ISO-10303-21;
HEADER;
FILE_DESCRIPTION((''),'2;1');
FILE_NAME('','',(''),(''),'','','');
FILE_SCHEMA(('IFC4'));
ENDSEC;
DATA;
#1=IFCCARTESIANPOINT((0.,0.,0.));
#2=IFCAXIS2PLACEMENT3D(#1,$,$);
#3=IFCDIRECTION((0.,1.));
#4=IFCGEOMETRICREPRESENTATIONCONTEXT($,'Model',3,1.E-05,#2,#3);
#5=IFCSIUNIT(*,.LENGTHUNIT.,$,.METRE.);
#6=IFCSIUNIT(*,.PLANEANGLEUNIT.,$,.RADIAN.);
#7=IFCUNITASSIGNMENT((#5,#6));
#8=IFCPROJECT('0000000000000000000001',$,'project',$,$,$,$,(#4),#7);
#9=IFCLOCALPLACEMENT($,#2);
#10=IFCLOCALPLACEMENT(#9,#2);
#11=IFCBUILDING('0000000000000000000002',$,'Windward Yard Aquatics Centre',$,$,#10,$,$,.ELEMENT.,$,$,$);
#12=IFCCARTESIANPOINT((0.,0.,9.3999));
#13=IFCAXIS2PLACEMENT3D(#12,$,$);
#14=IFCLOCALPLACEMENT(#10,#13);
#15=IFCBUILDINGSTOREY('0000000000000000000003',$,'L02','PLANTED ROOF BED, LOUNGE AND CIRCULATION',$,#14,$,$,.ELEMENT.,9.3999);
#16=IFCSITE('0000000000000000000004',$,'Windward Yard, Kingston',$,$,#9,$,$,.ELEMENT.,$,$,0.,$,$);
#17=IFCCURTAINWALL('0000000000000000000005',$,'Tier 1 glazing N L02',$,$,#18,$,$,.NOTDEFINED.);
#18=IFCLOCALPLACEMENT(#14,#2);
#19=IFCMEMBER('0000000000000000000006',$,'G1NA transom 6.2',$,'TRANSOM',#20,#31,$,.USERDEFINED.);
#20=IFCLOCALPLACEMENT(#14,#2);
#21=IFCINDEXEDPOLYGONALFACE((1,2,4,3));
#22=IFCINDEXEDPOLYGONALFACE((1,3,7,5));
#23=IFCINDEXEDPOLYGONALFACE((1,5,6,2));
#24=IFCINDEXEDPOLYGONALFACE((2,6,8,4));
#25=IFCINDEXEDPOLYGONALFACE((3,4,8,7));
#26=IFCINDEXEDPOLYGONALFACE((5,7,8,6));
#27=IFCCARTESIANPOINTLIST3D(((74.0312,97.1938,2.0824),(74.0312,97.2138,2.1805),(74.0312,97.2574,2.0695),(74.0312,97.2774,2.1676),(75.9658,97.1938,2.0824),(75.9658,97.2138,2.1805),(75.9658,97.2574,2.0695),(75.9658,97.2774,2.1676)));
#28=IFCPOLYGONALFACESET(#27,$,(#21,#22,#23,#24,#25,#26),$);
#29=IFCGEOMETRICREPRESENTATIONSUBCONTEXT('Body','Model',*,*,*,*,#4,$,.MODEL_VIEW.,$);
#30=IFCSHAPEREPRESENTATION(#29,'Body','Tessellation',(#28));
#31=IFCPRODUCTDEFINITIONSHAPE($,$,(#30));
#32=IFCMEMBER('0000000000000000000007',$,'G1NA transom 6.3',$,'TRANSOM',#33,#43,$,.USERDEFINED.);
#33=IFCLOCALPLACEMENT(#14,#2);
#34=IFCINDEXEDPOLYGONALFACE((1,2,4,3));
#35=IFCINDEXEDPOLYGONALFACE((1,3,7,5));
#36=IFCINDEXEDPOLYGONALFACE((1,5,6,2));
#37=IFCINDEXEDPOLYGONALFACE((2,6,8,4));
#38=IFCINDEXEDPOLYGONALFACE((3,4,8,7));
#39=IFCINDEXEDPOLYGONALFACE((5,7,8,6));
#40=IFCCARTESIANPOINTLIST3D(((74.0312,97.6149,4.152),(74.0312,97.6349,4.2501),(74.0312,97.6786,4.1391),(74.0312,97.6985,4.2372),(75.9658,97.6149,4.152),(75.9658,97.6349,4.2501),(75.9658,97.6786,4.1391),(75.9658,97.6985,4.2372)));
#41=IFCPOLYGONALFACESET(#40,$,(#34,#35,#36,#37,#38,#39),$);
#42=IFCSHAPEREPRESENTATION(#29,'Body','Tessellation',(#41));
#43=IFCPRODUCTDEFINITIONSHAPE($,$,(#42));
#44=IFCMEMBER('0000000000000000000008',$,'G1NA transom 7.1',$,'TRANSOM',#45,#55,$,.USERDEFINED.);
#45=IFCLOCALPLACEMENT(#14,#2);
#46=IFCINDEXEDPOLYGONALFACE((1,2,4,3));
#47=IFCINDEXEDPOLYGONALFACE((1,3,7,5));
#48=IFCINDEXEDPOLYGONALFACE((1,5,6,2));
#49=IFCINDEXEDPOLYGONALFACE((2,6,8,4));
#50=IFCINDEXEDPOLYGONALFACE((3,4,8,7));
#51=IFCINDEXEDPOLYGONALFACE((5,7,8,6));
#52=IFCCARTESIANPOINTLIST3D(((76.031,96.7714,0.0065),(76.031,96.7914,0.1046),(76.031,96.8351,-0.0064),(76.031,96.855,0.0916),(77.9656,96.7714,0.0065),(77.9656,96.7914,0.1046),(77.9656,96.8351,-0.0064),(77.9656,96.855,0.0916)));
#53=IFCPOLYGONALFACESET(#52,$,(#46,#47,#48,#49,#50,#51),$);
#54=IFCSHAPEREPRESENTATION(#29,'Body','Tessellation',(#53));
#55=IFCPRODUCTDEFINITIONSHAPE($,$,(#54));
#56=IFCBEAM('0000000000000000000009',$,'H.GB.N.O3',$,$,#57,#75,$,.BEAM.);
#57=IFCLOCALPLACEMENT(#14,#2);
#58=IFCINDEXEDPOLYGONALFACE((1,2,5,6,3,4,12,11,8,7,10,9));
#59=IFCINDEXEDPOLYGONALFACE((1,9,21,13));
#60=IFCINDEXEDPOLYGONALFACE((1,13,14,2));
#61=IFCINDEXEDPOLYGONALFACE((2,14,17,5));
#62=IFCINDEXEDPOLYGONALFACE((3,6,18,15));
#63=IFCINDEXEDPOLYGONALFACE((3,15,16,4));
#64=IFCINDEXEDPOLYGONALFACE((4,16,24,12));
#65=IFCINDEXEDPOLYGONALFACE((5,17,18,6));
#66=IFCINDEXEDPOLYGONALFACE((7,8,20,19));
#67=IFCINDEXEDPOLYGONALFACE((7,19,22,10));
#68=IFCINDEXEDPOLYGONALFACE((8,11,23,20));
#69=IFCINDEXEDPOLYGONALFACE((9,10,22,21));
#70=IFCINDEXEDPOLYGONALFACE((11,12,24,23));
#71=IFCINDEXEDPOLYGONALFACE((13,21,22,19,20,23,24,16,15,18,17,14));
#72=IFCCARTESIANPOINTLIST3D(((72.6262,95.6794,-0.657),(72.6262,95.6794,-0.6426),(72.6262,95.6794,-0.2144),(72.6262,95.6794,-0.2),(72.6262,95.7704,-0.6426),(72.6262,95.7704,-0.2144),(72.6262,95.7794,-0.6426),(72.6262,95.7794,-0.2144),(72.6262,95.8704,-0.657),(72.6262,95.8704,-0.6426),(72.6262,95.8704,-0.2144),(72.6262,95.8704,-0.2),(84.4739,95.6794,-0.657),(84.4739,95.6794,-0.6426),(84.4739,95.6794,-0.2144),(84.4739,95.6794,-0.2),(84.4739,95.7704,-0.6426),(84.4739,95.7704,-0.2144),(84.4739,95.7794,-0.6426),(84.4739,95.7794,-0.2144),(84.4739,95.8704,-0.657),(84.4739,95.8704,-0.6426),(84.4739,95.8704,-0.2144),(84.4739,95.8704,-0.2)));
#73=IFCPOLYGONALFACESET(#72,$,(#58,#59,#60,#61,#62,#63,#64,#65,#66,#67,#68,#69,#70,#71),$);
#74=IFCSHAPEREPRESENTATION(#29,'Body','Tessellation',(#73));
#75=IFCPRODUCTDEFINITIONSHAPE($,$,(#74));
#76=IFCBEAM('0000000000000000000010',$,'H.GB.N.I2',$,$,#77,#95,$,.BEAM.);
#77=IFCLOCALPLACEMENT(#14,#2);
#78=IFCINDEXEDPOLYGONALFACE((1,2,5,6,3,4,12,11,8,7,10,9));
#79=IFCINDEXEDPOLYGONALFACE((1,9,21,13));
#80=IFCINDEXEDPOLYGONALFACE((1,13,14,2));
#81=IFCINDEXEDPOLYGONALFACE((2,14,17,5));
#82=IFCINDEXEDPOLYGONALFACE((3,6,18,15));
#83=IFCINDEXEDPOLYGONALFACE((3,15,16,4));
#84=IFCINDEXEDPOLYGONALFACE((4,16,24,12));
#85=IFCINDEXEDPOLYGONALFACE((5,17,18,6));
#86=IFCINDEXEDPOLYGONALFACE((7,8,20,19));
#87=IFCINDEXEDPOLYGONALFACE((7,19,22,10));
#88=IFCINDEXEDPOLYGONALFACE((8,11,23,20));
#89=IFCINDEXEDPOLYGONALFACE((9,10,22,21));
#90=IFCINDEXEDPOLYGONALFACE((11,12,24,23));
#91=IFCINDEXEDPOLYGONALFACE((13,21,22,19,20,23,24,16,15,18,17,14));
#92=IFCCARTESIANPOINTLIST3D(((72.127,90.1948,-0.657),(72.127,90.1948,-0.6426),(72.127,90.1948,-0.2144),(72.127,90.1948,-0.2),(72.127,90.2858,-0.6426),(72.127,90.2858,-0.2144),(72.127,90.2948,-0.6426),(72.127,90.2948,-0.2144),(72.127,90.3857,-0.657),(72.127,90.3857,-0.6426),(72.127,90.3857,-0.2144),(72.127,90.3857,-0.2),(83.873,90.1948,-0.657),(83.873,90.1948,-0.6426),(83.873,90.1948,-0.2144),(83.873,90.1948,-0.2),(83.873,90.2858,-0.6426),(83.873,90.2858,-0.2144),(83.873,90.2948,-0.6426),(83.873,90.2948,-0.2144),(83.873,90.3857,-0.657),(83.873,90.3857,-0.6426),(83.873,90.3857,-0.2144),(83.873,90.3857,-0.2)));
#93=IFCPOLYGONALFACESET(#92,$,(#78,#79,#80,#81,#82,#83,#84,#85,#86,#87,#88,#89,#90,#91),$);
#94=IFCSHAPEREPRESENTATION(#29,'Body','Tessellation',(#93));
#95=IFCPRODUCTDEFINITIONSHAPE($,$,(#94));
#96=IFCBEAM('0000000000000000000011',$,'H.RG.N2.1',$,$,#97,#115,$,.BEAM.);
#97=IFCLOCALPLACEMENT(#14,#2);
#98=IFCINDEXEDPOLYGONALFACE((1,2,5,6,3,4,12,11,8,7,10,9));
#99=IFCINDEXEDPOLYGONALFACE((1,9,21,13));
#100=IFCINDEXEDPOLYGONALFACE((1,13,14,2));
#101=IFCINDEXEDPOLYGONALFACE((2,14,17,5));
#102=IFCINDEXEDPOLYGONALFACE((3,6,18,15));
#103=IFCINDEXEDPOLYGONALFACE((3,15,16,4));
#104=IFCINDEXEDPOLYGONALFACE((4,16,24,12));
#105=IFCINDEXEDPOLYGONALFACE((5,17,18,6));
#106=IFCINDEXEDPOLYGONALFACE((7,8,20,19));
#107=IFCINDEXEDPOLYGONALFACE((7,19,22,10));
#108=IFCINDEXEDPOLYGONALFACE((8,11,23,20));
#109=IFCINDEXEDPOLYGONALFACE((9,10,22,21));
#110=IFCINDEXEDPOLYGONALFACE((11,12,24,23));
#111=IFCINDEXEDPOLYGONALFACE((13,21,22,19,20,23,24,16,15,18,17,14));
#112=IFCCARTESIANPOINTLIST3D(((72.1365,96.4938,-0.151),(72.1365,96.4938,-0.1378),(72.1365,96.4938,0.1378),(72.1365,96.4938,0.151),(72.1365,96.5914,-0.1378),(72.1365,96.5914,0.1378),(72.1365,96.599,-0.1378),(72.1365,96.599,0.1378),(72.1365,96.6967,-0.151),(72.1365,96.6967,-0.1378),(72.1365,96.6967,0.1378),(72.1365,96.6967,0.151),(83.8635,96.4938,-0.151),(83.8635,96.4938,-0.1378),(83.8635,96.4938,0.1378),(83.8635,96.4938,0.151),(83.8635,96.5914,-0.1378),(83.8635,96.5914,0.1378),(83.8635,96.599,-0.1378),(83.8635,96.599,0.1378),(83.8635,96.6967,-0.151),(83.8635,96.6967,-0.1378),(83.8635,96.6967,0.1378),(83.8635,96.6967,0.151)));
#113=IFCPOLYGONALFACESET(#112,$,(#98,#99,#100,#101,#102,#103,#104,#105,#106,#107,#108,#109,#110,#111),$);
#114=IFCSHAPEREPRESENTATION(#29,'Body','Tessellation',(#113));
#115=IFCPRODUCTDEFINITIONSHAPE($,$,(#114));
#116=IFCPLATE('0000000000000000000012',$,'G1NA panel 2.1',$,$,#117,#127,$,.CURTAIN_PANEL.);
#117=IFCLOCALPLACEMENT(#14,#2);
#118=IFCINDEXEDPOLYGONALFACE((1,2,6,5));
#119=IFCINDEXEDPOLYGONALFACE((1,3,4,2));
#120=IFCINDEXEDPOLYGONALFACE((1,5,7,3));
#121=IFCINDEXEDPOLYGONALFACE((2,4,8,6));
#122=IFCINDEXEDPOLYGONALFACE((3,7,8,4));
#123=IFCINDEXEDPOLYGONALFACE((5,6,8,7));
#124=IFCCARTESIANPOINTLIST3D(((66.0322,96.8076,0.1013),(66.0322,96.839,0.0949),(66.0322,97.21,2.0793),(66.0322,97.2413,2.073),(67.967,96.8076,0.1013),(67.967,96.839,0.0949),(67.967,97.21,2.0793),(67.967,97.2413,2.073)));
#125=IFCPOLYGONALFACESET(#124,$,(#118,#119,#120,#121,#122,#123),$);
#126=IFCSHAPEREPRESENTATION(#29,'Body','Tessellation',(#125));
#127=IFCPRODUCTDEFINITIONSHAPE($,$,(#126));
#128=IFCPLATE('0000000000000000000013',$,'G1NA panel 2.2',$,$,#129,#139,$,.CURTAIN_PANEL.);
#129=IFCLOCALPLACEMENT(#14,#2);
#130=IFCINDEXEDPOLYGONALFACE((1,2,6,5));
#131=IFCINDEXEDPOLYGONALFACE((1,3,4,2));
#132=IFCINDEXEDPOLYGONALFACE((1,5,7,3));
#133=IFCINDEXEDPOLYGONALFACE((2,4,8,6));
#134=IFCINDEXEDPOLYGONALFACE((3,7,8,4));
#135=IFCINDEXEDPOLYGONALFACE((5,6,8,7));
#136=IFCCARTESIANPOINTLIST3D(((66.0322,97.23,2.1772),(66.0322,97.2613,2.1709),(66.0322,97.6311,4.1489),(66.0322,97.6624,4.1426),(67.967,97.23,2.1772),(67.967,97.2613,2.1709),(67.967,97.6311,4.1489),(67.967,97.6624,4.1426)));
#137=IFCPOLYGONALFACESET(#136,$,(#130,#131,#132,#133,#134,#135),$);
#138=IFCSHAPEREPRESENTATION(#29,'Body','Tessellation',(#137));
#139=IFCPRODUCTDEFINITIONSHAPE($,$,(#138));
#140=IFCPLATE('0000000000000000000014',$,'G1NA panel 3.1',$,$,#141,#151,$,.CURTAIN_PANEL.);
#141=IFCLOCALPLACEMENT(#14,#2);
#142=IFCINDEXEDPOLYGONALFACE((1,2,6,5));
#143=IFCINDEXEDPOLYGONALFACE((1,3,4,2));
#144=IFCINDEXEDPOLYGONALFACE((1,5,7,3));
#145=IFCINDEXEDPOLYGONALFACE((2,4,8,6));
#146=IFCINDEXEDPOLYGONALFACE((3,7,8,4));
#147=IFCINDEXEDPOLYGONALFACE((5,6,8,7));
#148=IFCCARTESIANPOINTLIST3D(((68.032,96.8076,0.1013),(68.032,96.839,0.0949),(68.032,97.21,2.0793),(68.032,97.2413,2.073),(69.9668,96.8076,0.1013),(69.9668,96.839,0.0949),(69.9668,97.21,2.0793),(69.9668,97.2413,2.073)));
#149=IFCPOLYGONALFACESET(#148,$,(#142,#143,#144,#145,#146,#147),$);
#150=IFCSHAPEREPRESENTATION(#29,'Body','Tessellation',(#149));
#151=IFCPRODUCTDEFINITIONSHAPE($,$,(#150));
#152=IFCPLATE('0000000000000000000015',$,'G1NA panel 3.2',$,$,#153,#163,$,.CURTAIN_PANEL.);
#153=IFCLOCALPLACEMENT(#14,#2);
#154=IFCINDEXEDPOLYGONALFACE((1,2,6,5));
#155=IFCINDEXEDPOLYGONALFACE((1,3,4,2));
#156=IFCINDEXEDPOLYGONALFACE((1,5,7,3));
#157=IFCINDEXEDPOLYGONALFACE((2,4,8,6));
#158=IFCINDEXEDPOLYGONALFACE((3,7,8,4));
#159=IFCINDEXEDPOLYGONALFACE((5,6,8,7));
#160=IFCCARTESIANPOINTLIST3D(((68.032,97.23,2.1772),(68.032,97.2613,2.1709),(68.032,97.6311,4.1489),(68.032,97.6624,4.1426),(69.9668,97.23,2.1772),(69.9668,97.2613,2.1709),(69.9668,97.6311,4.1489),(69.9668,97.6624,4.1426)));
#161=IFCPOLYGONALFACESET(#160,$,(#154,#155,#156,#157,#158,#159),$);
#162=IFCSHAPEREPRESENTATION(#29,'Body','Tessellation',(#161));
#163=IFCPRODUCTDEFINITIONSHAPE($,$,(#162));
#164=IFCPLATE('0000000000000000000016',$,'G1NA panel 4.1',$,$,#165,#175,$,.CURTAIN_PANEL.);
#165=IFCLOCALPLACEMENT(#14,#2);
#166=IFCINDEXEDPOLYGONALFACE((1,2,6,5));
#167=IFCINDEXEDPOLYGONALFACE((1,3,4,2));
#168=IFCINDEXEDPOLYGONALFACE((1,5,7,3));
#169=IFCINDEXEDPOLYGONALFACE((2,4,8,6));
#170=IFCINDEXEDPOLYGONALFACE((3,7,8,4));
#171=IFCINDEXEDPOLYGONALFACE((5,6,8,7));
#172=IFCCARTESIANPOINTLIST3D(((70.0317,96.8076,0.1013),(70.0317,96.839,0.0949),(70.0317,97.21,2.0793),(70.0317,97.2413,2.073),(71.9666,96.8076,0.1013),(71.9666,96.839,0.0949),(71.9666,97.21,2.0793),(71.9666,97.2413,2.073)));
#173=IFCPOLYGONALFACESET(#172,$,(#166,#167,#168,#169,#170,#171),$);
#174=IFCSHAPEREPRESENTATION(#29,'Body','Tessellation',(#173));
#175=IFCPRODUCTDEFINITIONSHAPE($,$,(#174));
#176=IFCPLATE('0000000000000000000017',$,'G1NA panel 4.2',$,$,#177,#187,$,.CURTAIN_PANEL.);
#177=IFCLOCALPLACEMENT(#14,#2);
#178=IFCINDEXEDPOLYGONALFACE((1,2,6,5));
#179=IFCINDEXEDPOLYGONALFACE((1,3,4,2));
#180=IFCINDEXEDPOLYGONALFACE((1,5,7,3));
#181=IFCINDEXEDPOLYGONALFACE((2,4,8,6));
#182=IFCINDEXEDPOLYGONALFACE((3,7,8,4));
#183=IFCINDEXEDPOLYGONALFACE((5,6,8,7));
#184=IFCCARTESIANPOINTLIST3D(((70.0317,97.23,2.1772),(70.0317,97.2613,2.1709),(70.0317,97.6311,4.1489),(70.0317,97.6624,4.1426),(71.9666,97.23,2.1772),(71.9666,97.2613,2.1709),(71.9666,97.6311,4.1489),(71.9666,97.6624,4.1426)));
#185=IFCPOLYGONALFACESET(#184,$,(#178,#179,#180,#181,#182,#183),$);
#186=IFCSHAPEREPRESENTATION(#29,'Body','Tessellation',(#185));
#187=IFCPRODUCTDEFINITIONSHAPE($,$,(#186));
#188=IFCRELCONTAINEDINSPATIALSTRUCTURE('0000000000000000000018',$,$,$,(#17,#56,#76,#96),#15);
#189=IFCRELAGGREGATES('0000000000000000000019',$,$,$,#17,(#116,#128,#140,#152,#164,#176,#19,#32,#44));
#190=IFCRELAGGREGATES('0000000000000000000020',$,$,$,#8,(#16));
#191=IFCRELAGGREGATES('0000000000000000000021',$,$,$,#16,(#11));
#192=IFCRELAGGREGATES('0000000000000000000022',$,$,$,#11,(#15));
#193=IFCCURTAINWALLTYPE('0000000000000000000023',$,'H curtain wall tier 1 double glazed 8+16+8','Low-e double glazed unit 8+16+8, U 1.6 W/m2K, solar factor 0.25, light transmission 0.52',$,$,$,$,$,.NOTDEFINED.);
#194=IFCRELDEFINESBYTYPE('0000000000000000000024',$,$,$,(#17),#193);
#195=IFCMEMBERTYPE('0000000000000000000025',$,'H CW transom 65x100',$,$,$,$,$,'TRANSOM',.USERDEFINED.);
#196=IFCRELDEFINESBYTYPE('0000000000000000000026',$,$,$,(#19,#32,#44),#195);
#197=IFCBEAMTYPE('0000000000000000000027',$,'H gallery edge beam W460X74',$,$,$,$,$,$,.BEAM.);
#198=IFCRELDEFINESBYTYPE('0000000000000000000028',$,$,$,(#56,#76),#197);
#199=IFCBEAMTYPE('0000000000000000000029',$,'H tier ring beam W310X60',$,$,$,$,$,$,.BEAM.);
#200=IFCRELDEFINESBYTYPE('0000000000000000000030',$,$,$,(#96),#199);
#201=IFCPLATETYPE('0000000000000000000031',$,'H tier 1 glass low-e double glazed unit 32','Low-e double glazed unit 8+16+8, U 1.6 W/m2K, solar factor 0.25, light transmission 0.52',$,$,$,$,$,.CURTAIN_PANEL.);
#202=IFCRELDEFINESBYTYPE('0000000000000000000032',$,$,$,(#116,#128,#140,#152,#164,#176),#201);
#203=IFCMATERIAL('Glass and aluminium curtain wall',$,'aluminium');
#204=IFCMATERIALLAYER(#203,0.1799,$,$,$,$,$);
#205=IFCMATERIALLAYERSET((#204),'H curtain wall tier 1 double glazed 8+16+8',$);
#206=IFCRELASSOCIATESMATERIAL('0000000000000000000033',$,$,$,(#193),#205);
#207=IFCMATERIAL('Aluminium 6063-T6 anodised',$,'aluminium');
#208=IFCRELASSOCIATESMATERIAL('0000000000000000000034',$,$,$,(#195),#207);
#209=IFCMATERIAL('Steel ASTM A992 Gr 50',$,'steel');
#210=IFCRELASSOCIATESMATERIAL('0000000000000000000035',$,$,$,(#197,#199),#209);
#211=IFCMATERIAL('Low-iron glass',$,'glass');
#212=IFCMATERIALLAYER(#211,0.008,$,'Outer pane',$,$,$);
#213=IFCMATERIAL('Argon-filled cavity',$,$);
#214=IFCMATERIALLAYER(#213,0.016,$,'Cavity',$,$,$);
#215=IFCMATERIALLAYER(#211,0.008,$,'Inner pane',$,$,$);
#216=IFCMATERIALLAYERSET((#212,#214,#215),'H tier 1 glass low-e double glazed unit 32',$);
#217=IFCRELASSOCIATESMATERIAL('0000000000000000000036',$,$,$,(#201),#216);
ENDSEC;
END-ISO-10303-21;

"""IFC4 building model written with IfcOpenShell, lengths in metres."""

from ifc_helpers import new_model, si_unit, direction, frame, origin, origin_2d, place, context, subcontext, project, spatial, polyline, rectangle, i_section, outline, extrude, material, layer, layer_set, material_profile, profile_set, type_object, element, aggregate, save


model = new_model("IFC4")

# Units and contexts
model_context = context("Model", 3, precision=1e-05, world=origin(), true_north=direction((0.0, 1.0)))
body_context = subcontext(model_context, "Body", "Model", "MODEL_VIEW")
ifc_project = project(units=[si_unit("LENGTHUNIT", "METRE"), si_unit("PLANEANGLEUNIT", "RADIAN")], contexts=[model_context])

# Site, building, storey
site_placement = place(None, origin())
site = spatial("IfcSite", under=ifc_project, at=site_placement, Name="Windward Yard, Kingston", CompositionType="ELEMENT", RefElevation=0.0)
building_placement = place(site_placement, origin())
building = spatial("IfcBuilding", under=site, at=building_placement, Name="Windward Yard Aquatics Centre", CompositionType="ELEMENT")
storey_placement = place(building_placement, frame((0.0, 0.0, 9.3999)))
storey = spatial("IfcBuildingStorey", under=building, at=storey_placement, Name="L02", Description="PLANTED ROOF BED, LOUNGE AND CIRCULATION", CompositionType="ELEMENT", Elevation=9.3999)

# Curtain wall, members
ifc_material_1 = material(Name="Glass and aluminium curtain wall", Category="aluminium")
ifc_layer_1 = layer(ifc_material_1, 0.1799)
ifc_layer_set_1 = layer_set([ifc_layer_1], Name="H curtain wall tier 1 double glazed 8+16+8")
curtain_wall_type = type_object("IfcCurtainWallType", Name="H curtain wall tier 1 double glazed 8+16+8", Description="Low-e double glazed unit 8+16+8, U 1.6 W/m2K, solar factor 0.25, light transmission 0.52", PredefinedType="NOTDEFINED", material=ifc_layer_set_1)
curtain_wall_placement = place(storey_placement, origin())
curtain_wall = element("IfcCurtainWall", 1, at=curtain_wall_placement, inside=storey, type_object=curtain_wall_type, Name="Tier 1 glazing N L02", PredefinedType="NOTDEFINED")
ifc_material_2 = material(Name="Aluminium 6063-T6 anodised", Category="aluminium")
ifc_material_profile_1 = material_profile(ifc_material_2, rectangle(XDim=0.0649, YDim=0.1001, at=origin_2d()), Name="H CW transom 65x100")
ifc_profile_set_1 = profile_set([ifc_material_profile_1], Name="Aluminium 6063-T6 anodised")
member_type_1 = type_object("IfcMemberType", Name="H CW transom 65x100", ElementType="TRANSOM", PredefinedType="USERDEFINED", material=ifc_profile_set_1)
member_1_placement = place(storey_placement, frame((74.0312, 97.2356, 2.125), z_axis=(1.0, 0.0, 0.0), x_axis=(0.0, -0.979925, 0.199368)))
member_1 = element("IfcMember", 2, at=member_1_placement, type_object=member_type_1, Name="G1NA transom 6.2", ObjectType="TRANSOM", PredefinedType="USERDEFINED", context=body_context, shape_type="SweptSolid", body=[
    extrude(rectangle(XDim=0.0649, YDim=0.1001, at=origin_2d()), origin(), (0.0, 0.0, 1.0), 1.9346),
])
member_2_placement = place(storey_placement, frame((74.0312, 97.6567, 4.1946), z_axis=(1.0, 0.0, 0.0), x_axis=(0.0, -0.979925, 0.199368)))
member_2 = element("IfcMember", 3, at=member_2_placement, type_object=member_type_1, Name="G1NA transom 6.3", ObjectType="TRANSOM", PredefinedType="USERDEFINED", context=body_context, shape_type="SweptSolid", body=[
    extrude(rectangle(XDim=0.0649, YDim=0.1001, at=origin_2d()), origin(), (0.0, 0.0, 1.0), 1.9346),
])
member_3_placement = place(storey_placement, frame((76.031, 96.8132, 0.0491), z_axis=(1.0, 0.0, 0.0), x_axis=(0.0, -0.979925, 0.199368)))
member_3 = element("IfcMember", 4, at=member_3_placement, type_object=member_type_1, Name="G1NA transom 7.1", ObjectType="TRANSOM", PredefinedType="USERDEFINED", context=body_context, shape_type="SweptSolid", body=[
    extrude(rectangle(XDim=0.0649, YDim=0.1001, at=origin_2d()), origin(), (0.0, 0.0, 1.0), 1.9346),
])

# Beams
ifc_material_3 = material(Name="Steel ASTM A992 Gr 50", Category="steel")
ifc_material_profile_2 = material_profile(ifc_material_3, i_section(OverallWidth=0.1909, OverallDepth=0.457, WebThickness=0.009, FlangeThickness=0.0144, at=origin_2d()), Name="W460X74")
ifc_profile_set_2 = profile_set([ifc_material_profile_2], Name="Steel ASTM A992 Gr 50")
beam_type_1 = type_object("IfcBeamType", Name="H gallery edge beam W460X74", PredefinedType="BEAM", material=ifc_profile_set_2)
beam_1_placement = place(storey_placement, frame((72.6262, 95.7749, -0.4285), z_axis=(1.0, 0.0, 0.0), x_axis=(0.0, 1.0, 0.0)))
element("IfcBeam", 5, at=beam_1_placement, inside=storey, type_object=beam_type_1, Name="H.GB.N.O3", PredefinedType="BEAM", context=body_context, shape_type="SweptSolid", body=[
    extrude(i_section(OverallWidth=0.1909, OverallDepth=0.457, WebThickness=0.009, FlangeThickness=0.0144, at=origin_2d()), origin(), (0.0, 0.0, 1.0), 11.8477),
])
beam_2_placement = place(storey_placement, frame((72.127, 90.2903, -0.4285), z_axis=(1.0, 0.0, 0.0), x_axis=(0.0, 1.0, 0.0)))
element("IfcBeam", 6, at=beam_2_placement, inside=storey, type_object=beam_type_1, Name="H.GB.N.I2", PredefinedType="BEAM", context=body_context, shape_type="SweptSolid", body=[
    extrude(i_section(OverallWidth=0.1909, OverallDepth=0.457, WebThickness=0.009, FlangeThickness=0.0144, at=origin_2d()), origin(), (0.0, 0.0, 1.0), 11.7461),
])
ifc_material_profile_3 = material_profile(ifc_material_3, i_section(OverallWidth=0.2029, OverallDepth=0.302, WebThickness=0.0076, FlangeThickness=0.0132, at=origin_2d()), Name="W310X60")
ifc_profile_set_3 = profile_set([ifc_material_profile_3], Name="Steel ASTM A992 Gr 50")
beam_type_2 = type_object("IfcBeamType", Name="H tier ring beam W310X60", PredefinedType="BEAM", material=ifc_profile_set_3)
beam_3_placement = place(storey_placement, frame((72.1365, 96.5952, 0.0), z_axis=(1.0, 0.0, 0.0), x_axis=(0.0, 1.0, 0.0)))
element("IfcBeam", 7, at=beam_3_placement, inside=storey, type_object=beam_type_2, Name="H.RG.N2.1", PredefinedType="BEAM", context=body_context, shape_type="SweptSolid", body=[
    extrude(i_section(OverallWidth=0.2029, OverallDepth=0.302, WebThickness=0.0076, FlangeThickness=0.0132, at=origin_2d()), origin(), (0.0, 0.0, 1.0), 11.7271),
])

# Plates
ifc_material_4 = material(Name="Low-iron glass", Category="glass")
ifc_layer_2 = layer(ifc_material_4, 0.008, Name="Outer pane")
ifc_material_5 = material(Name="Argon-filled cavity")
ifc_layer_3 = layer(ifc_material_5, 0.016, Name="Cavity")
ifc_layer_4 = layer(ifc_material_4, 0.008, Name="Inner pane")
ifc_layer_set_2 = layer_set([ifc_layer_2, ifc_layer_3, ifc_layer_4], Name="H tier 1 glass low-e double glazed unit 32")
plate_type = type_object("IfcPlateType", Name="H tier 1 glass low-e double glazed unit 32", Description="Low-e double glazed unit 8+16+8, U 1.6 W/m2K, solar factor 0.25, light transmission 0.52", PredefinedType="CURTAIN_PANEL", material=ifc_layer_set_2)
plate_1_placement = place(storey_placement, frame((66.0322, 96.8076, 0.1013), z_axis=(0.0, -0.979933, 0.199325), x_axis=(1.0, 0.0, 0.0)))
plate_1 = element("IfcPlate", 8, at=plate_1_placement, type_object=plate_type, Name="G1NA panel 2.1", PredefinedType="CURTAIN_PANEL", context=body_context, shape_type="SweptSolid", body=[
    extrude(outline(polyline([(0.0, 0.0), (1.9348, 0.0), (1.9348, 2.0185), (0.0, 2.0185), (0.0, 0.0)])), origin(), (0.0, 0.0, -1.0), 0.032),
])
plate_2_placement = place(storey_placement, frame((66.0322, 97.23, 2.1772), z_axis=(0.0, -0.979927, 0.199359), x_axis=(1.0, 0.0, 0.0)))
plate_2 = element("IfcPlate", 9, at=plate_2_placement, type_object=plate_type, Name="G1NA panel 2.2", PredefinedType="CURTAIN_PANEL", context=body_context, shape_type="SweptSolid", body=[
    extrude(outline(polyline([(0.0, 0.0), (1.9348, 0.0), (1.9348, 2.0121), (0.0, 2.0121), (0.0, 0.0)])), origin(), (0.0, 0.0, -1.0), 0.032),
])
plate_3_placement = place(storey_placement, frame((68.032, 96.8076, 0.1013), z_axis=(0.0, -0.979933, 0.199325), x_axis=(1.0, 0.0, 0.0)))
plate_3 = element("IfcPlate", 10, at=plate_3_placement, type_object=plate_type, Name="G1NA panel 3.1", PredefinedType="CURTAIN_PANEL", context=body_context, shape_type="SweptSolid", body=[
    extrude(outline(polyline([(0.0, 0.0), (1.9348, 0.0), (1.9348, 2.0185), (0.0, 2.0185), (0.0, 0.0)])), origin(), (0.0, 0.0, -1.0), 0.032),
])
plate_4_placement = place(storey_placement, frame((68.032, 97.23, 2.1772), z_axis=(0.0, -0.979927, 0.199359), x_axis=(1.0, 0.0, 0.0)))
plate_4 = element("IfcPlate", 11, at=plate_4_placement, type_object=plate_type, Name="G1NA panel 3.2", PredefinedType="CURTAIN_PANEL", context=body_context, shape_type="SweptSolid", body=[
    extrude(outline(polyline([(0.0, 0.0), (1.9348, 0.0), (1.9348, 2.0121), (0.0, 2.0121), (0.0, 0.0)])), origin(), (0.0, 0.0, -1.0), 0.032),
])
plate_5_placement = place(storey_placement, frame((70.0317, 96.8076, 0.1013), z_axis=(0.0, -0.979933, 0.199325), x_axis=(1.0, 0.0, 0.0)))
plate_5 = element("IfcPlate", 12, at=plate_5_placement, type_object=plate_type, Name="G1NA panel 4.1", PredefinedType="CURTAIN_PANEL", context=body_context, shape_type="SweptSolid", body=[
    extrude(outline(polyline([(0.0, 0.0), (1.9348, 0.0), (1.9348, 2.0185), (0.0, 2.0185), (0.0, 0.0)])), origin(), (0.0, 0.0, -1.0), 0.032),
])
plate_6_placement = place(storey_placement, frame((70.0317, 97.23, 2.1772), z_axis=(0.0, -0.979927, 0.199359), x_axis=(1.0, 0.0, 0.0)))
plate_6 = element("IfcPlate", 13, at=plate_6_placement, type_object=plate_type, Name="G1NA panel 4.2", PredefinedType="CURTAIN_PANEL", context=body_context, shape_type="SweptSolid", body=[
    extrude(outline(polyline([(0.0, 0.0), (1.9348, 0.0), (1.9348, 2.0121), (0.0, 2.0121), (0.0, 0.0)])), origin(), (0.0, 0.0, -1.0), 0.032),
])
aggregate(curtain_wall, [plate_1, plate_2, plate_3, plate_4, plate_5, plate_6, member_1, member_2, member_3])

save(model, "model.ifc")
